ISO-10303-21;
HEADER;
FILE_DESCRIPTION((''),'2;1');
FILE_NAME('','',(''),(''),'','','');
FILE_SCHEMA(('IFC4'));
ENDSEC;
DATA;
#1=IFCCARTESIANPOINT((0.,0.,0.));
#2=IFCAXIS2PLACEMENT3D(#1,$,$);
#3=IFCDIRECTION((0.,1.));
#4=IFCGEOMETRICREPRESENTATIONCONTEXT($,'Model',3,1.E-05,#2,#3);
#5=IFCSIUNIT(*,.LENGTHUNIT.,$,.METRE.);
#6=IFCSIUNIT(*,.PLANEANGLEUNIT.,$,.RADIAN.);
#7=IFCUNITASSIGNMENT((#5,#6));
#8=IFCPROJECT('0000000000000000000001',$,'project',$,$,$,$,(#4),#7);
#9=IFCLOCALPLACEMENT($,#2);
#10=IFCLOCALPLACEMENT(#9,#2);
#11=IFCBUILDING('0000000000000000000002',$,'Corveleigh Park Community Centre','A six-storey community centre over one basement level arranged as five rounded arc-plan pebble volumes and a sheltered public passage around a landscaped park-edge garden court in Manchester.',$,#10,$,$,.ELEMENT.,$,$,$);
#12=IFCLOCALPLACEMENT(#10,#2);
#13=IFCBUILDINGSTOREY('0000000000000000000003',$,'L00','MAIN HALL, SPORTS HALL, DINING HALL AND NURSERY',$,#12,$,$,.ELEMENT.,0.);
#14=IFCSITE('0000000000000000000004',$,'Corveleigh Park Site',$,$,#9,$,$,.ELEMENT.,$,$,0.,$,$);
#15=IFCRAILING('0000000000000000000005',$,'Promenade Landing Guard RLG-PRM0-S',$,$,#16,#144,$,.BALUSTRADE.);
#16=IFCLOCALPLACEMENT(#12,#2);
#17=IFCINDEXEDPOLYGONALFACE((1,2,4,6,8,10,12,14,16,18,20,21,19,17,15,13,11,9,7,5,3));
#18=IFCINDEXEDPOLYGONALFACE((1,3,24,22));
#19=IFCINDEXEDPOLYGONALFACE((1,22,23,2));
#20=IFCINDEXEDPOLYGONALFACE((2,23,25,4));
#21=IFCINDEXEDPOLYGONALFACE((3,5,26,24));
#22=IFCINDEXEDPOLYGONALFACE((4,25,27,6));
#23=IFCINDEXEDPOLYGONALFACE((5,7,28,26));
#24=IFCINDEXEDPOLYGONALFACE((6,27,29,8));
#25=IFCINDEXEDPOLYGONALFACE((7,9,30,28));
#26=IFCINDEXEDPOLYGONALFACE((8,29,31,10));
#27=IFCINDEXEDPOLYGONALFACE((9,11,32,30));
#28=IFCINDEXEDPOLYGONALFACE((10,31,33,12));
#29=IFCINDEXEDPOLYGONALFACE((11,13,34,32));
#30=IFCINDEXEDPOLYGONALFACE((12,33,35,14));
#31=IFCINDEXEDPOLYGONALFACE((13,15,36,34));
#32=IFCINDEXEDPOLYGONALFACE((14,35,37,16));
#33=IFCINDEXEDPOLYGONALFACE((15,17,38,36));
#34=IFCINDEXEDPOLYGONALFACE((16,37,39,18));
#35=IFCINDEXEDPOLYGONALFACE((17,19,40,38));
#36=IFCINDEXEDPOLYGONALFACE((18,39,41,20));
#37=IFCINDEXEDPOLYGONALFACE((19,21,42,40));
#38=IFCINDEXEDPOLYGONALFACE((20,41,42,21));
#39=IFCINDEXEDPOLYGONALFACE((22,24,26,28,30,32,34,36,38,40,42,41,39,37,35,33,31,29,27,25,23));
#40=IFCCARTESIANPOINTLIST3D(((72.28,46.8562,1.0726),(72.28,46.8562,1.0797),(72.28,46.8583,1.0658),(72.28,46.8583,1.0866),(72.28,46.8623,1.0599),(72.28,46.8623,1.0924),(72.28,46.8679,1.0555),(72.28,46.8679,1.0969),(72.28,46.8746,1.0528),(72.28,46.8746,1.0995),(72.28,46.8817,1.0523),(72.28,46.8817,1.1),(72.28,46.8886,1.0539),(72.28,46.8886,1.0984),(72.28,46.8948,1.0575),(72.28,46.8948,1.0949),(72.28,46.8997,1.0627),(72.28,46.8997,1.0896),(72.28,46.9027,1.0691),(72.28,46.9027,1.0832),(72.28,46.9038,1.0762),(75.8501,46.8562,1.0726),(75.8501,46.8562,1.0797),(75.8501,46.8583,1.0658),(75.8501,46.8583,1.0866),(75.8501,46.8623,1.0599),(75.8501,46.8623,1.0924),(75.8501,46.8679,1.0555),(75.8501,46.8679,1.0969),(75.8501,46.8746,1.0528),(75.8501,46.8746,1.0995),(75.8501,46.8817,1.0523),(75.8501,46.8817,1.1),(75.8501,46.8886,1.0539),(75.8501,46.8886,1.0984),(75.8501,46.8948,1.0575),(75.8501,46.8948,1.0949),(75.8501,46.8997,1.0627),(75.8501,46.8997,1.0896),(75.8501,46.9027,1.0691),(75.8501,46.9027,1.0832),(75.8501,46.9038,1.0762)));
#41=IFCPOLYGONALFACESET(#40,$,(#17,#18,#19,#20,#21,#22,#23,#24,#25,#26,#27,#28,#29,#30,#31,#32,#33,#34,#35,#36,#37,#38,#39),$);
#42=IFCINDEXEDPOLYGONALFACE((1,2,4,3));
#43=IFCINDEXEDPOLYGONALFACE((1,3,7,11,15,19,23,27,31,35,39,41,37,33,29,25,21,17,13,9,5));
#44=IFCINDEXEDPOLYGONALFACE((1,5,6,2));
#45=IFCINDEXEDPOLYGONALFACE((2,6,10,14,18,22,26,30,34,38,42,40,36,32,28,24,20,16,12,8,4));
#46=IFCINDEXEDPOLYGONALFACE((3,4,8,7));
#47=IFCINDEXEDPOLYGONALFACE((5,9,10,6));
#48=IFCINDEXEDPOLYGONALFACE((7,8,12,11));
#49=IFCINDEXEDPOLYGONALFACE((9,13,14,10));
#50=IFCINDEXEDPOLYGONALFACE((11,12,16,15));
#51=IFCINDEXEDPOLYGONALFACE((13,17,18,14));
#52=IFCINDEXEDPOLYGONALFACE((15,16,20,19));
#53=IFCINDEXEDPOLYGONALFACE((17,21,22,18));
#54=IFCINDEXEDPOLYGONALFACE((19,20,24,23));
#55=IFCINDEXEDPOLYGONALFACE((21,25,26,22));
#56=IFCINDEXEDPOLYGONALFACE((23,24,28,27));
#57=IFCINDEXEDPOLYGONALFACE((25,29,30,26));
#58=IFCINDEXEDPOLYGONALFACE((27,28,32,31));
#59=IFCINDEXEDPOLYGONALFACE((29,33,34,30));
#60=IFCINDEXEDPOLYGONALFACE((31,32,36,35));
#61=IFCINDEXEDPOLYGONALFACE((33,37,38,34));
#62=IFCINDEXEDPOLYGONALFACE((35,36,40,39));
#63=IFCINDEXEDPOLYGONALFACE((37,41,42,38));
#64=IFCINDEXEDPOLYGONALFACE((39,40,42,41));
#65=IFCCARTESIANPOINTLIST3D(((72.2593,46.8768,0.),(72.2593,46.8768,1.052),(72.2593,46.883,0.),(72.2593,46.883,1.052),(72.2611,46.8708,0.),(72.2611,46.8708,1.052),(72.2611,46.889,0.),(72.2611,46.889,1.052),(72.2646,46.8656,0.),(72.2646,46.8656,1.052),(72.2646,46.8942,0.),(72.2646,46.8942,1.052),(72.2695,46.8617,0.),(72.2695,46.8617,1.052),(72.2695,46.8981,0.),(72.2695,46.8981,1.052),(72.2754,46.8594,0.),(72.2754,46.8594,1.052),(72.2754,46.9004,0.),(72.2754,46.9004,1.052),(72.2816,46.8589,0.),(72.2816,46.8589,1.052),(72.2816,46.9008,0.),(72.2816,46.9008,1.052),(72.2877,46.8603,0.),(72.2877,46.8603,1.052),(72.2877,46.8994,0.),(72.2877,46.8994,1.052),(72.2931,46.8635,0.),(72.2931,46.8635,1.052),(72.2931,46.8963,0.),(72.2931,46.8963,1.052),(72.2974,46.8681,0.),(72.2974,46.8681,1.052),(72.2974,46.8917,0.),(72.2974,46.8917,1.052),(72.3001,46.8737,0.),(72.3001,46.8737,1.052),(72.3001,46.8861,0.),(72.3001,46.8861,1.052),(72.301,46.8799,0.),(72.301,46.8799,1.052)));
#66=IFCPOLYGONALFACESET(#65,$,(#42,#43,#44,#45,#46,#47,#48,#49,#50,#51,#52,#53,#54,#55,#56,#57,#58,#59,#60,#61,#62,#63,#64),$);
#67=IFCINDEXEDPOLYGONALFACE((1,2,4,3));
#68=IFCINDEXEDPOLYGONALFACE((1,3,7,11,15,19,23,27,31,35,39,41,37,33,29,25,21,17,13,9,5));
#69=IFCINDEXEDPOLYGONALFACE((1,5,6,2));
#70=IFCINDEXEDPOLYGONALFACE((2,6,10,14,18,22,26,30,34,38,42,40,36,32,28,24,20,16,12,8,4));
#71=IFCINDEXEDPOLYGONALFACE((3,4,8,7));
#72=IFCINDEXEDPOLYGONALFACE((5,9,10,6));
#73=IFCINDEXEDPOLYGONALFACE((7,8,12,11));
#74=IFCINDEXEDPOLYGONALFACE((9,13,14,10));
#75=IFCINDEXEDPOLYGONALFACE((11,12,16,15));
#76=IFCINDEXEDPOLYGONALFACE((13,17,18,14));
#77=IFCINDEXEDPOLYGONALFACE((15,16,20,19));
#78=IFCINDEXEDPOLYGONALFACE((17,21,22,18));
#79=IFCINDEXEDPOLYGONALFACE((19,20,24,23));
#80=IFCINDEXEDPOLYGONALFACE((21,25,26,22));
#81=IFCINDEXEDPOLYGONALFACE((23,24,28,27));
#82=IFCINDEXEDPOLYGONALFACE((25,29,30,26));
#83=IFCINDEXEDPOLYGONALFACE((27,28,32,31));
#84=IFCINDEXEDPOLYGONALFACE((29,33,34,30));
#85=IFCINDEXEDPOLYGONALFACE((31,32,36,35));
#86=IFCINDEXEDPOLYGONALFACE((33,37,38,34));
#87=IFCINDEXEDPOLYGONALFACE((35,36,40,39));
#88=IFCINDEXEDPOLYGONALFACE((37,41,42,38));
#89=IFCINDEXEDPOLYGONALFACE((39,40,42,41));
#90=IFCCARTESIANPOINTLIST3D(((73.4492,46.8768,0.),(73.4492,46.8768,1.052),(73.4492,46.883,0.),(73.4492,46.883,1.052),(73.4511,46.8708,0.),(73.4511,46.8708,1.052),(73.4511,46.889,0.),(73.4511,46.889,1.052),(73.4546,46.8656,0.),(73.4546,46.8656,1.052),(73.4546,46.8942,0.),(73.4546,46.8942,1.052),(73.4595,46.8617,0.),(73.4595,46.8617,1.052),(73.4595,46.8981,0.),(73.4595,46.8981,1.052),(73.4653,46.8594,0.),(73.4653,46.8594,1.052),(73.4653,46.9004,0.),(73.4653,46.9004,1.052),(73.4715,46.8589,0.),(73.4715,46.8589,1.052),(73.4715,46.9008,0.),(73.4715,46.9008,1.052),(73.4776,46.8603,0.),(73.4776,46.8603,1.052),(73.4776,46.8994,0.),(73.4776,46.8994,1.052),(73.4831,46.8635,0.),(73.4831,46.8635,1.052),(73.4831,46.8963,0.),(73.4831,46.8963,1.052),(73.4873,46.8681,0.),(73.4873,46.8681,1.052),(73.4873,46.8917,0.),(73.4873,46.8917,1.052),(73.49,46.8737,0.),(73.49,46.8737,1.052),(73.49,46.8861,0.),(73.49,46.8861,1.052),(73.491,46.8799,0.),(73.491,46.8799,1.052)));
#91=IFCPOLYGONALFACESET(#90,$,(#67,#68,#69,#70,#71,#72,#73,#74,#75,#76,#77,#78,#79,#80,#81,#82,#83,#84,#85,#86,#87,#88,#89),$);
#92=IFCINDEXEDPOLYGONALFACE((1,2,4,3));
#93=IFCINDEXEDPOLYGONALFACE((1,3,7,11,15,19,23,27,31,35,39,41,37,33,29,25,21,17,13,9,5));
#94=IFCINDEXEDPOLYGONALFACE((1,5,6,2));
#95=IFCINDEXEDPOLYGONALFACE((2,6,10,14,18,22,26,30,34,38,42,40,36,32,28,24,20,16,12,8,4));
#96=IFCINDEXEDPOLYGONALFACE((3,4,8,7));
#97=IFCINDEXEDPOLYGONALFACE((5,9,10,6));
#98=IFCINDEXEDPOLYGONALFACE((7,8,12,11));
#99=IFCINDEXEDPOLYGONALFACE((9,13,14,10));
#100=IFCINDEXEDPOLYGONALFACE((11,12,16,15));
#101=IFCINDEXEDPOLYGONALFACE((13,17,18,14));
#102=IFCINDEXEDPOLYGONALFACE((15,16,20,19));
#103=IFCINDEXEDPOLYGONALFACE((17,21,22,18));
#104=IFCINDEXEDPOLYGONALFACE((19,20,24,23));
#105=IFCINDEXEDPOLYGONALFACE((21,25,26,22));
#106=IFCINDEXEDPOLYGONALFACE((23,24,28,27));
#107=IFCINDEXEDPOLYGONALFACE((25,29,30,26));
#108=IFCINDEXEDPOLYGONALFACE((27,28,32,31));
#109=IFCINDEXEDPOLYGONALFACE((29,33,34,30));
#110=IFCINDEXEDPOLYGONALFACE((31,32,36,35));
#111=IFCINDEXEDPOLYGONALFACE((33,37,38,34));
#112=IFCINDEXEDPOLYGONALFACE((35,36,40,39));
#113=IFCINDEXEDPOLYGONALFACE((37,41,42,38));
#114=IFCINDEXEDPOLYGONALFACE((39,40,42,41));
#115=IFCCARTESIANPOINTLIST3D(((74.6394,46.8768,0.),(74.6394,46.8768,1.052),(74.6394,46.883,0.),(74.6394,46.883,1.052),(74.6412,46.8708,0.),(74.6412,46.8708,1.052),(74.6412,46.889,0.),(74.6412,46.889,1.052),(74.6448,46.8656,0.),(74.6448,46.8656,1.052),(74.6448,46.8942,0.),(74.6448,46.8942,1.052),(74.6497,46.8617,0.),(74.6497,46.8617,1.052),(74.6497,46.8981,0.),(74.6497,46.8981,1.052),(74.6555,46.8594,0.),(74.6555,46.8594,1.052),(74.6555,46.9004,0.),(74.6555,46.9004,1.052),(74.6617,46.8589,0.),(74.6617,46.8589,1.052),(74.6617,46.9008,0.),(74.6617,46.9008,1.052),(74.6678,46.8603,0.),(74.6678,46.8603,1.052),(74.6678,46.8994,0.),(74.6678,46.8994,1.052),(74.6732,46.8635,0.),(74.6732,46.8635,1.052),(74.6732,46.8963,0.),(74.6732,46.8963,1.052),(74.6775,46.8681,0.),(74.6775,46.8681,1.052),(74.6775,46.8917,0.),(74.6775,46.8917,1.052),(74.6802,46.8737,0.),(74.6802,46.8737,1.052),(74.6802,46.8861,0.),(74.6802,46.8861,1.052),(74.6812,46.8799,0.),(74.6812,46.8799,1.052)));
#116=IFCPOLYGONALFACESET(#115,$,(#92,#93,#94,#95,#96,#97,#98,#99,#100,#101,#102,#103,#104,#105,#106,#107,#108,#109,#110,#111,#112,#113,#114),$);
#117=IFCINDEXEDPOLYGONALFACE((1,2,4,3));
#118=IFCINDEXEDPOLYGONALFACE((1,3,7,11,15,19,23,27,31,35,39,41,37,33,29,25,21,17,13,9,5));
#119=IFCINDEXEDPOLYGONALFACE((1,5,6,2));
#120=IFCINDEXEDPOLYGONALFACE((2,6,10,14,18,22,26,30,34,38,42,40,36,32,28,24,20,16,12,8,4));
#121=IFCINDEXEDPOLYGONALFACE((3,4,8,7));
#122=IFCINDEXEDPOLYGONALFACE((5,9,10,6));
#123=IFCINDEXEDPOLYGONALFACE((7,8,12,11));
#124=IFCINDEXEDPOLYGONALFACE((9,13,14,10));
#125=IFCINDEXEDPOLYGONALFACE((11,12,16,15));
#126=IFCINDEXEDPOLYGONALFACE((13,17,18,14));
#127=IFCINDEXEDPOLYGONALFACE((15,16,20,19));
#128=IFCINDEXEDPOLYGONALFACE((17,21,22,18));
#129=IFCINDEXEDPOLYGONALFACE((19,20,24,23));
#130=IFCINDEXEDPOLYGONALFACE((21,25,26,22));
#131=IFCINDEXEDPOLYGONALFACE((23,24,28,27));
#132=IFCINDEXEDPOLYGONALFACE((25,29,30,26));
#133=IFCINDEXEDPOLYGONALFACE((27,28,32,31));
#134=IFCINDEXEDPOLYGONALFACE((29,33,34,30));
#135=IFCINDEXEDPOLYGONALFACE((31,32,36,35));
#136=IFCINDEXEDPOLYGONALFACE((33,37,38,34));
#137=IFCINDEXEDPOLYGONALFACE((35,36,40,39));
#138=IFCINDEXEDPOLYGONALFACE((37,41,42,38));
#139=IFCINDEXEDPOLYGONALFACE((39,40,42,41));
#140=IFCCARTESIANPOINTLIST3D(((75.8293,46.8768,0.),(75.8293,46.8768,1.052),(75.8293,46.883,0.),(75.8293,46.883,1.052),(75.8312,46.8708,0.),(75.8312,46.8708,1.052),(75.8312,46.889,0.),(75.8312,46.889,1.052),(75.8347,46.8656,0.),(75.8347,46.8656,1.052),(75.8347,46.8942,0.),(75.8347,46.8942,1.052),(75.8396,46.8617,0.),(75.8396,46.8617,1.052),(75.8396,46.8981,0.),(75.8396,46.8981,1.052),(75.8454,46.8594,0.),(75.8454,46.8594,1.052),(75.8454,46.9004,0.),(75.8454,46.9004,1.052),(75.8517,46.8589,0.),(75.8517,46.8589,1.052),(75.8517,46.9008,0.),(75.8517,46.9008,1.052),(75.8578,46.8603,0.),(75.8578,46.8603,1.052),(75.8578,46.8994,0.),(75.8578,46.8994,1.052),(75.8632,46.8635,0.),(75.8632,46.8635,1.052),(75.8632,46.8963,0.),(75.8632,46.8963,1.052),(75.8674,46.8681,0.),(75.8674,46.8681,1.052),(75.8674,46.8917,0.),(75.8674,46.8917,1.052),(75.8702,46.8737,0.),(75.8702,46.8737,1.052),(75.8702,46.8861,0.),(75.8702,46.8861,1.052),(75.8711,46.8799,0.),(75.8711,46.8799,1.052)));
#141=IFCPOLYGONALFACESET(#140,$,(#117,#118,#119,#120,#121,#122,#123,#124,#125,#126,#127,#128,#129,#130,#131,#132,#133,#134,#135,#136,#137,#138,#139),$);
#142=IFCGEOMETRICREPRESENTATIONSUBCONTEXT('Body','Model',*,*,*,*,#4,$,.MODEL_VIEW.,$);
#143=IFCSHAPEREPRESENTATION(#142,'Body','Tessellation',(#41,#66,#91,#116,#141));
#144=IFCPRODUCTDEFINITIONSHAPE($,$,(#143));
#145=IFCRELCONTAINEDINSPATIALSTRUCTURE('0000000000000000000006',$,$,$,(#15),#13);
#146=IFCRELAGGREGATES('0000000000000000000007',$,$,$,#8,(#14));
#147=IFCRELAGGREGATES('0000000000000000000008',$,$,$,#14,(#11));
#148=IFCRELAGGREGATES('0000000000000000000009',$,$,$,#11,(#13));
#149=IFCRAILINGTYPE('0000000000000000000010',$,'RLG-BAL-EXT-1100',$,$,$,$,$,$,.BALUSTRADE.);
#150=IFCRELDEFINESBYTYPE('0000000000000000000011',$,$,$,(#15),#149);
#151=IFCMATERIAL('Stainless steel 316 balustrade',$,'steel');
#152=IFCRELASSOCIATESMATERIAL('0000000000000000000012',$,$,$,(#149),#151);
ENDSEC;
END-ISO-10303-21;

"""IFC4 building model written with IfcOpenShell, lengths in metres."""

from ifc_helpers import new_model, si_unit, direction, frame, origin, origin_2d, place, context, subcontext, project, spatial, circle, extrude, material, type_object, element, save


model = new_model("IFC4")

# Units and contexts
model_context = context("Model", 3, precision=1e-05, world=origin(), true_north=direction((0.0, 1.0)))
body_context = subcontext(model_context, "Body", "Model", "MODEL_VIEW")
ifc_project = project(units=[si_unit("LENGTHUNIT", "METRE"), si_unit("PLANEANGLEUNIT", "RADIAN")], contexts=[model_context])

# Site, building, storey
site_placement = place(None, origin())
site = spatial("IfcSite", under=ifc_project, at=site_placement, Name="Corveleigh Park Site", CompositionType="ELEMENT", RefElevation=0.0)
building_placement = place(site_placement, origin())
building = spatial("IfcBuilding", under=site, at=building_placement, Name="Corveleigh Park Community Centre", Description="A six-storey community centre over one basement level arranged as five rounded arc-plan pebble volumes and a sheltered public passage around a landscaped park-edge garden court in Manchester.", CompositionType="ELEMENT")
storey_placement = place(building_placement, origin())
storey = spatial("IfcBuildingStorey", under=building, at=storey_placement, Name="L00", Description="MAIN HALL, SPORTS HALL, DINING HALL AND NURSERY", CompositionType="ELEMENT", Elevation=0.0)

# Railing
ifc_material_1 = material(Name="Stainless steel 316 balustrade", Category="steel")
railing_type = type_object("IfcRailingType", Name="RLG-BAL-EXT-1100", PredefinedType="BALUSTRADE", material=ifc_material_1)
for number, where, name in (
    (1, (72.28, 46.8799, 0.0), "Promenade Landing Guard RLG-PRM0-S"),
):
    element("IfcRailing", number, at=place(storey_placement, frame(where)), inside=storey, type_object=railing_type, Name=name, PredefinedType="BALUSTRADE", context=body_context, shape_type="SweptSolid", body=[
        extrude(circle(Radius=0.0239, at=origin_2d()), frame((0.0, 0.0, 1.0762), z_axis=(1.0, 0.0, 0.0), x_axis=(0.0, 1.0, 0.0)), (0.0, 0.0, 1.0), 3.5701),
        extrude(circle(Radius=0.021, at=origin_2d()), origin(), (0.0, 0.0, 1.0), 1.052),
        extrude(circle(Radius=0.021, at=origin_2d()), frame((1.1899, 0.0, 0.0)), (0.0, 0.0, 1.0), 1.052),
        extrude(circle(Radius=0.021, at=origin_2d()), frame((2.3801, 0.0, 0.0)), (0.0, 0.0, 1.0), 1.052),
        extrude(circle(Radius=0.021, at=origin_2d()), frame((3.5701, 0.0, 0.0)), (0.0, 0.0, 1.0), 1.052),
    ])

save(model, "model.ifc")
